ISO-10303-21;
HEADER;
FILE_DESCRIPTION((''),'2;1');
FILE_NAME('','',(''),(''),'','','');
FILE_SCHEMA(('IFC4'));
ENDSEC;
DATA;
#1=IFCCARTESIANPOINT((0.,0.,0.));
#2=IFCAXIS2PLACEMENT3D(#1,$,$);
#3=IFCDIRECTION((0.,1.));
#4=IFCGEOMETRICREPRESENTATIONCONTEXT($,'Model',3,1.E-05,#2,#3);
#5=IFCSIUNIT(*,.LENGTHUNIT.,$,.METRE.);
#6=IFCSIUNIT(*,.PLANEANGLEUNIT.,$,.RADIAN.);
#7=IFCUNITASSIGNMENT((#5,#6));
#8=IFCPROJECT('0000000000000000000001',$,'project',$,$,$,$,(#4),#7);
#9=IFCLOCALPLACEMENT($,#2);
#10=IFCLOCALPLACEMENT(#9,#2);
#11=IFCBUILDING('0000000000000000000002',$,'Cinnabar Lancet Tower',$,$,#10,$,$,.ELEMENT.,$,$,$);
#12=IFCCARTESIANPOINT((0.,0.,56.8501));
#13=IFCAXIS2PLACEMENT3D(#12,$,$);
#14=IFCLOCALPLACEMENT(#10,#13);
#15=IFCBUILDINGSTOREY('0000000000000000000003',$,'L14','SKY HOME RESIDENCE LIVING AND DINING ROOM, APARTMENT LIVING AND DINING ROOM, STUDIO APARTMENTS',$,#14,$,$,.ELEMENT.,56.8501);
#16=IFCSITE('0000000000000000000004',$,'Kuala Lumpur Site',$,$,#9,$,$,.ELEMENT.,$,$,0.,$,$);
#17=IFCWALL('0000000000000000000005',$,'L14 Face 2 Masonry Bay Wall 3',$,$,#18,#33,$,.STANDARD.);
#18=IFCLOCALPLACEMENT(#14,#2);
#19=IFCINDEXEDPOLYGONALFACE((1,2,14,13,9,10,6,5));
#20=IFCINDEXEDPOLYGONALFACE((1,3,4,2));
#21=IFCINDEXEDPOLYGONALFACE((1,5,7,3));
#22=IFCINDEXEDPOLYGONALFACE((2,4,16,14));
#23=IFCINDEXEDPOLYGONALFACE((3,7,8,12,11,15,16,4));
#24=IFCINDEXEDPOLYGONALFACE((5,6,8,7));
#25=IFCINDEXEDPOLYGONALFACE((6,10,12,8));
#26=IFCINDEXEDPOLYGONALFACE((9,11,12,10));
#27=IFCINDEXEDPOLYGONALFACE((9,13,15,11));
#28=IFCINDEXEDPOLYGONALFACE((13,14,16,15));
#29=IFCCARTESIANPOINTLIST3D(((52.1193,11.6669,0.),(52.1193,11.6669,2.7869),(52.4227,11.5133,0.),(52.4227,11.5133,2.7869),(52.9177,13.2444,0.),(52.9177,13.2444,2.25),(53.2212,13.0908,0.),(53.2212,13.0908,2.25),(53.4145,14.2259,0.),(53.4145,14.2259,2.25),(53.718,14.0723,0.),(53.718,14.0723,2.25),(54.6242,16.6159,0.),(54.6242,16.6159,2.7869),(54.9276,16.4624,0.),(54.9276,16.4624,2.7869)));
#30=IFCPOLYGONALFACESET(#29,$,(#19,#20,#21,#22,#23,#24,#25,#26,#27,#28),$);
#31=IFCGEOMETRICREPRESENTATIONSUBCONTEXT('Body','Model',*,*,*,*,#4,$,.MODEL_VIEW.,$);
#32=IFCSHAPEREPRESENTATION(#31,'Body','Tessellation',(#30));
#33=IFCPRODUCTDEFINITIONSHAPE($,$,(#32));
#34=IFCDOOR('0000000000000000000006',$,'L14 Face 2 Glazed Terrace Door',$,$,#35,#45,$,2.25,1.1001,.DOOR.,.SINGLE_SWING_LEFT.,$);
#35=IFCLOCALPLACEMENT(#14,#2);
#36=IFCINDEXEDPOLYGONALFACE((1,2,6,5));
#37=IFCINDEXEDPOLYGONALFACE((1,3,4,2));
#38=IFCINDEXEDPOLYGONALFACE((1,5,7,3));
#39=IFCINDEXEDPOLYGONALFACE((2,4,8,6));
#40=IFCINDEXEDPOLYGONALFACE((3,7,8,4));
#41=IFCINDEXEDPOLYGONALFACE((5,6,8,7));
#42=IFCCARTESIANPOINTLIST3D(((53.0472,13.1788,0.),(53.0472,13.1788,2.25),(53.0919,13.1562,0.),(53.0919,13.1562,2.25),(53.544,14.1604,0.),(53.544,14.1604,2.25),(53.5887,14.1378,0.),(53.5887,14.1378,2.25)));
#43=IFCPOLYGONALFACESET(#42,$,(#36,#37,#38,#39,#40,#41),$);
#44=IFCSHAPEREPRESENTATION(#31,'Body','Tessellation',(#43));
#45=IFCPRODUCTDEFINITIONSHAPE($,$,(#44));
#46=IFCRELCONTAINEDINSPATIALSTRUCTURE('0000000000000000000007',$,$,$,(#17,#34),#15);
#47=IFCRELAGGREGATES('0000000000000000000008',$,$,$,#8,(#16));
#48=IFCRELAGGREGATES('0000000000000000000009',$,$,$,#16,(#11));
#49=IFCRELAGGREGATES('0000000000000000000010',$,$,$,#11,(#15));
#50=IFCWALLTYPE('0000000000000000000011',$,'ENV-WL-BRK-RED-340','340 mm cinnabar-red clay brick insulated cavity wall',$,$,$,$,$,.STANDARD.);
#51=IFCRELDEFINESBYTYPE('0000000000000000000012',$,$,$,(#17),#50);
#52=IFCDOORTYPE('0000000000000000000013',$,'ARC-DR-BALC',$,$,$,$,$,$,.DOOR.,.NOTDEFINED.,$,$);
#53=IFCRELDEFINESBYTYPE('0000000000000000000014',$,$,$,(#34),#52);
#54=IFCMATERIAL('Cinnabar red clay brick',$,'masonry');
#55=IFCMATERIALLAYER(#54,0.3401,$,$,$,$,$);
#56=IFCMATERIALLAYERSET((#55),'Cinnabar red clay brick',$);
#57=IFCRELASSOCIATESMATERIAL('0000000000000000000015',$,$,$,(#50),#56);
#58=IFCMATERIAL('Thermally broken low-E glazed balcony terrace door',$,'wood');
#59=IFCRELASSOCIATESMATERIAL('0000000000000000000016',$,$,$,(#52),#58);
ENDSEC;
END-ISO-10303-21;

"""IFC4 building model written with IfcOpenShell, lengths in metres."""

from ifc_helpers import new_model, si_unit, direction, frame, frame_2d, origin, place, context, subcontext, project, spatial, rectangle, extrude, material, layer, layer_set, type_object, element, fill, save


model = new_model("IFC4")

# Units and contexts
model_context = context("Model", 3, precision=1e-05, world=origin(), true_north=direction((0.0, 1.0)))
body_context = subcontext(model_context, "Body", "Model", "MODEL_VIEW")
ifc_project = project(units=[si_unit("LENGTHUNIT", "METRE"), si_unit("PLANEANGLEUNIT", "RADIAN")], contexts=[model_context])

# Site, building, storey
site_placement = place(None, origin())
site = spatial("IfcSite", under=ifc_project, at=site_placement, Name="Kuala Lumpur Site", CompositionType="ELEMENT", RefElevation=0.0)
building_placement = place(site_placement, origin())
building = spatial("IfcBuilding", under=site, at=building_placement, Name="Cinnabar Lancet Tower", CompositionType="ELEMENT")
storey_placement = place(building_placement, frame((0.0, 0.0, 56.8501)))
storey = spatial("IfcBuildingStorey", under=building, at=storey_placement, Name="L14", Description="SKY HOME RESIDENCE LIVING AND DINING ROOM, APARTMENT LIVING AND DINING ROOM, STUDIO APARTMENTS", CompositionType="ELEMENT", Elevation=56.8501)

# Shared definitions
ifc_material_1 = material(Name="Cinnabar red clay brick", Category="masonry")
ifc_layer_1 = layer(ifc_material_1, 0.3401)
ifc_layer_set_1 = layer_set([ifc_layer_1], Name="Cinnabar red clay brick")
wall_type_1 = type_object("IfcWallType", Name="ENV-WL-BRK-RED-340", Description="340 mm cinnabar-red clay brick insulated cavity wall", PredefinedType="STANDARD", material=ifc_layer_set_1)

# Wall, opening, door
wall_1_placement = place(storey_placement, frame((52.271, 11.5901, 0.0), z_axis=(0.0, 0.0, 1.0), x_axis=(0.451592, 0.892225, 0.0)))
wall_1 = element("IfcWall", 1, at=wall_1_placement, inside=storey, type_object=wall_type_1, Name="L14 Face 2 Masonry Bay Wall 3", PredefinedType="STANDARD", context=body_context, shape_type="SweptSolid", body=[
    extrude(rectangle(XDim=5.5469, YDim=0.3401, at=frame_2d((2.7734, 0.0))), origin(), (0.0, 0.0, 1.0), 2.7869),
])
opening_1_placement = place(wall_1_placement, frame((1.7681, 0.0, 0.0)))
opening_1 = element("IfcOpeningElement", 2, at=opening_1_placement, cuts=wall_1, PredefinedType="OPENING", context=body_context, shape_type="SweptSolid", body=[
    extrude(rectangle(XDim=1.1001, YDim=2.25, at=frame_2d((0.55, 1.125))), frame((0.0, 0.1799, 0.0), z_axis=(0.0, -1.0, 0.0), x_axis=(1.0, 0.0, 0.0)), (0.0, 0.0, 1.0), 0.3601),
])
ifc_material_2 = material(Name="Thermally broken low-E glazed balcony terrace door", Category="wood")
door_type = type_object("IfcDoorType", Name="ARC-DR-BALC", OperationType="NOTDEFINED", PredefinedType="DOOR", material=ifc_material_2)
door_placement = place(opening_1_placement, origin())
door = element("IfcDoor", 3, at=door_placement, inside=storey, type_object=door_type, Name="L14 Face 2 Glazed Terrace Door", OperationType="SINGLE_SWING_LEFT", OverallHeight=2.25, OverallWidth=1.1001, PredefinedType="DOOR", context=body_context, shape_type="SweptSolid", body=[
    extrude(rectangle(XDim=1.1001, YDim=2.25, at=frame_2d((0.55, 1.125))), frame((0.0, 0.0249, 0.0), z_axis=(0.0, -1.0, 0.0), x_axis=(1.0, 0.0, 0.0)), (0.0, 0.0, 1.0), 0.05),
])
fill(opening_1, door)

save(model, "model.ifc")
